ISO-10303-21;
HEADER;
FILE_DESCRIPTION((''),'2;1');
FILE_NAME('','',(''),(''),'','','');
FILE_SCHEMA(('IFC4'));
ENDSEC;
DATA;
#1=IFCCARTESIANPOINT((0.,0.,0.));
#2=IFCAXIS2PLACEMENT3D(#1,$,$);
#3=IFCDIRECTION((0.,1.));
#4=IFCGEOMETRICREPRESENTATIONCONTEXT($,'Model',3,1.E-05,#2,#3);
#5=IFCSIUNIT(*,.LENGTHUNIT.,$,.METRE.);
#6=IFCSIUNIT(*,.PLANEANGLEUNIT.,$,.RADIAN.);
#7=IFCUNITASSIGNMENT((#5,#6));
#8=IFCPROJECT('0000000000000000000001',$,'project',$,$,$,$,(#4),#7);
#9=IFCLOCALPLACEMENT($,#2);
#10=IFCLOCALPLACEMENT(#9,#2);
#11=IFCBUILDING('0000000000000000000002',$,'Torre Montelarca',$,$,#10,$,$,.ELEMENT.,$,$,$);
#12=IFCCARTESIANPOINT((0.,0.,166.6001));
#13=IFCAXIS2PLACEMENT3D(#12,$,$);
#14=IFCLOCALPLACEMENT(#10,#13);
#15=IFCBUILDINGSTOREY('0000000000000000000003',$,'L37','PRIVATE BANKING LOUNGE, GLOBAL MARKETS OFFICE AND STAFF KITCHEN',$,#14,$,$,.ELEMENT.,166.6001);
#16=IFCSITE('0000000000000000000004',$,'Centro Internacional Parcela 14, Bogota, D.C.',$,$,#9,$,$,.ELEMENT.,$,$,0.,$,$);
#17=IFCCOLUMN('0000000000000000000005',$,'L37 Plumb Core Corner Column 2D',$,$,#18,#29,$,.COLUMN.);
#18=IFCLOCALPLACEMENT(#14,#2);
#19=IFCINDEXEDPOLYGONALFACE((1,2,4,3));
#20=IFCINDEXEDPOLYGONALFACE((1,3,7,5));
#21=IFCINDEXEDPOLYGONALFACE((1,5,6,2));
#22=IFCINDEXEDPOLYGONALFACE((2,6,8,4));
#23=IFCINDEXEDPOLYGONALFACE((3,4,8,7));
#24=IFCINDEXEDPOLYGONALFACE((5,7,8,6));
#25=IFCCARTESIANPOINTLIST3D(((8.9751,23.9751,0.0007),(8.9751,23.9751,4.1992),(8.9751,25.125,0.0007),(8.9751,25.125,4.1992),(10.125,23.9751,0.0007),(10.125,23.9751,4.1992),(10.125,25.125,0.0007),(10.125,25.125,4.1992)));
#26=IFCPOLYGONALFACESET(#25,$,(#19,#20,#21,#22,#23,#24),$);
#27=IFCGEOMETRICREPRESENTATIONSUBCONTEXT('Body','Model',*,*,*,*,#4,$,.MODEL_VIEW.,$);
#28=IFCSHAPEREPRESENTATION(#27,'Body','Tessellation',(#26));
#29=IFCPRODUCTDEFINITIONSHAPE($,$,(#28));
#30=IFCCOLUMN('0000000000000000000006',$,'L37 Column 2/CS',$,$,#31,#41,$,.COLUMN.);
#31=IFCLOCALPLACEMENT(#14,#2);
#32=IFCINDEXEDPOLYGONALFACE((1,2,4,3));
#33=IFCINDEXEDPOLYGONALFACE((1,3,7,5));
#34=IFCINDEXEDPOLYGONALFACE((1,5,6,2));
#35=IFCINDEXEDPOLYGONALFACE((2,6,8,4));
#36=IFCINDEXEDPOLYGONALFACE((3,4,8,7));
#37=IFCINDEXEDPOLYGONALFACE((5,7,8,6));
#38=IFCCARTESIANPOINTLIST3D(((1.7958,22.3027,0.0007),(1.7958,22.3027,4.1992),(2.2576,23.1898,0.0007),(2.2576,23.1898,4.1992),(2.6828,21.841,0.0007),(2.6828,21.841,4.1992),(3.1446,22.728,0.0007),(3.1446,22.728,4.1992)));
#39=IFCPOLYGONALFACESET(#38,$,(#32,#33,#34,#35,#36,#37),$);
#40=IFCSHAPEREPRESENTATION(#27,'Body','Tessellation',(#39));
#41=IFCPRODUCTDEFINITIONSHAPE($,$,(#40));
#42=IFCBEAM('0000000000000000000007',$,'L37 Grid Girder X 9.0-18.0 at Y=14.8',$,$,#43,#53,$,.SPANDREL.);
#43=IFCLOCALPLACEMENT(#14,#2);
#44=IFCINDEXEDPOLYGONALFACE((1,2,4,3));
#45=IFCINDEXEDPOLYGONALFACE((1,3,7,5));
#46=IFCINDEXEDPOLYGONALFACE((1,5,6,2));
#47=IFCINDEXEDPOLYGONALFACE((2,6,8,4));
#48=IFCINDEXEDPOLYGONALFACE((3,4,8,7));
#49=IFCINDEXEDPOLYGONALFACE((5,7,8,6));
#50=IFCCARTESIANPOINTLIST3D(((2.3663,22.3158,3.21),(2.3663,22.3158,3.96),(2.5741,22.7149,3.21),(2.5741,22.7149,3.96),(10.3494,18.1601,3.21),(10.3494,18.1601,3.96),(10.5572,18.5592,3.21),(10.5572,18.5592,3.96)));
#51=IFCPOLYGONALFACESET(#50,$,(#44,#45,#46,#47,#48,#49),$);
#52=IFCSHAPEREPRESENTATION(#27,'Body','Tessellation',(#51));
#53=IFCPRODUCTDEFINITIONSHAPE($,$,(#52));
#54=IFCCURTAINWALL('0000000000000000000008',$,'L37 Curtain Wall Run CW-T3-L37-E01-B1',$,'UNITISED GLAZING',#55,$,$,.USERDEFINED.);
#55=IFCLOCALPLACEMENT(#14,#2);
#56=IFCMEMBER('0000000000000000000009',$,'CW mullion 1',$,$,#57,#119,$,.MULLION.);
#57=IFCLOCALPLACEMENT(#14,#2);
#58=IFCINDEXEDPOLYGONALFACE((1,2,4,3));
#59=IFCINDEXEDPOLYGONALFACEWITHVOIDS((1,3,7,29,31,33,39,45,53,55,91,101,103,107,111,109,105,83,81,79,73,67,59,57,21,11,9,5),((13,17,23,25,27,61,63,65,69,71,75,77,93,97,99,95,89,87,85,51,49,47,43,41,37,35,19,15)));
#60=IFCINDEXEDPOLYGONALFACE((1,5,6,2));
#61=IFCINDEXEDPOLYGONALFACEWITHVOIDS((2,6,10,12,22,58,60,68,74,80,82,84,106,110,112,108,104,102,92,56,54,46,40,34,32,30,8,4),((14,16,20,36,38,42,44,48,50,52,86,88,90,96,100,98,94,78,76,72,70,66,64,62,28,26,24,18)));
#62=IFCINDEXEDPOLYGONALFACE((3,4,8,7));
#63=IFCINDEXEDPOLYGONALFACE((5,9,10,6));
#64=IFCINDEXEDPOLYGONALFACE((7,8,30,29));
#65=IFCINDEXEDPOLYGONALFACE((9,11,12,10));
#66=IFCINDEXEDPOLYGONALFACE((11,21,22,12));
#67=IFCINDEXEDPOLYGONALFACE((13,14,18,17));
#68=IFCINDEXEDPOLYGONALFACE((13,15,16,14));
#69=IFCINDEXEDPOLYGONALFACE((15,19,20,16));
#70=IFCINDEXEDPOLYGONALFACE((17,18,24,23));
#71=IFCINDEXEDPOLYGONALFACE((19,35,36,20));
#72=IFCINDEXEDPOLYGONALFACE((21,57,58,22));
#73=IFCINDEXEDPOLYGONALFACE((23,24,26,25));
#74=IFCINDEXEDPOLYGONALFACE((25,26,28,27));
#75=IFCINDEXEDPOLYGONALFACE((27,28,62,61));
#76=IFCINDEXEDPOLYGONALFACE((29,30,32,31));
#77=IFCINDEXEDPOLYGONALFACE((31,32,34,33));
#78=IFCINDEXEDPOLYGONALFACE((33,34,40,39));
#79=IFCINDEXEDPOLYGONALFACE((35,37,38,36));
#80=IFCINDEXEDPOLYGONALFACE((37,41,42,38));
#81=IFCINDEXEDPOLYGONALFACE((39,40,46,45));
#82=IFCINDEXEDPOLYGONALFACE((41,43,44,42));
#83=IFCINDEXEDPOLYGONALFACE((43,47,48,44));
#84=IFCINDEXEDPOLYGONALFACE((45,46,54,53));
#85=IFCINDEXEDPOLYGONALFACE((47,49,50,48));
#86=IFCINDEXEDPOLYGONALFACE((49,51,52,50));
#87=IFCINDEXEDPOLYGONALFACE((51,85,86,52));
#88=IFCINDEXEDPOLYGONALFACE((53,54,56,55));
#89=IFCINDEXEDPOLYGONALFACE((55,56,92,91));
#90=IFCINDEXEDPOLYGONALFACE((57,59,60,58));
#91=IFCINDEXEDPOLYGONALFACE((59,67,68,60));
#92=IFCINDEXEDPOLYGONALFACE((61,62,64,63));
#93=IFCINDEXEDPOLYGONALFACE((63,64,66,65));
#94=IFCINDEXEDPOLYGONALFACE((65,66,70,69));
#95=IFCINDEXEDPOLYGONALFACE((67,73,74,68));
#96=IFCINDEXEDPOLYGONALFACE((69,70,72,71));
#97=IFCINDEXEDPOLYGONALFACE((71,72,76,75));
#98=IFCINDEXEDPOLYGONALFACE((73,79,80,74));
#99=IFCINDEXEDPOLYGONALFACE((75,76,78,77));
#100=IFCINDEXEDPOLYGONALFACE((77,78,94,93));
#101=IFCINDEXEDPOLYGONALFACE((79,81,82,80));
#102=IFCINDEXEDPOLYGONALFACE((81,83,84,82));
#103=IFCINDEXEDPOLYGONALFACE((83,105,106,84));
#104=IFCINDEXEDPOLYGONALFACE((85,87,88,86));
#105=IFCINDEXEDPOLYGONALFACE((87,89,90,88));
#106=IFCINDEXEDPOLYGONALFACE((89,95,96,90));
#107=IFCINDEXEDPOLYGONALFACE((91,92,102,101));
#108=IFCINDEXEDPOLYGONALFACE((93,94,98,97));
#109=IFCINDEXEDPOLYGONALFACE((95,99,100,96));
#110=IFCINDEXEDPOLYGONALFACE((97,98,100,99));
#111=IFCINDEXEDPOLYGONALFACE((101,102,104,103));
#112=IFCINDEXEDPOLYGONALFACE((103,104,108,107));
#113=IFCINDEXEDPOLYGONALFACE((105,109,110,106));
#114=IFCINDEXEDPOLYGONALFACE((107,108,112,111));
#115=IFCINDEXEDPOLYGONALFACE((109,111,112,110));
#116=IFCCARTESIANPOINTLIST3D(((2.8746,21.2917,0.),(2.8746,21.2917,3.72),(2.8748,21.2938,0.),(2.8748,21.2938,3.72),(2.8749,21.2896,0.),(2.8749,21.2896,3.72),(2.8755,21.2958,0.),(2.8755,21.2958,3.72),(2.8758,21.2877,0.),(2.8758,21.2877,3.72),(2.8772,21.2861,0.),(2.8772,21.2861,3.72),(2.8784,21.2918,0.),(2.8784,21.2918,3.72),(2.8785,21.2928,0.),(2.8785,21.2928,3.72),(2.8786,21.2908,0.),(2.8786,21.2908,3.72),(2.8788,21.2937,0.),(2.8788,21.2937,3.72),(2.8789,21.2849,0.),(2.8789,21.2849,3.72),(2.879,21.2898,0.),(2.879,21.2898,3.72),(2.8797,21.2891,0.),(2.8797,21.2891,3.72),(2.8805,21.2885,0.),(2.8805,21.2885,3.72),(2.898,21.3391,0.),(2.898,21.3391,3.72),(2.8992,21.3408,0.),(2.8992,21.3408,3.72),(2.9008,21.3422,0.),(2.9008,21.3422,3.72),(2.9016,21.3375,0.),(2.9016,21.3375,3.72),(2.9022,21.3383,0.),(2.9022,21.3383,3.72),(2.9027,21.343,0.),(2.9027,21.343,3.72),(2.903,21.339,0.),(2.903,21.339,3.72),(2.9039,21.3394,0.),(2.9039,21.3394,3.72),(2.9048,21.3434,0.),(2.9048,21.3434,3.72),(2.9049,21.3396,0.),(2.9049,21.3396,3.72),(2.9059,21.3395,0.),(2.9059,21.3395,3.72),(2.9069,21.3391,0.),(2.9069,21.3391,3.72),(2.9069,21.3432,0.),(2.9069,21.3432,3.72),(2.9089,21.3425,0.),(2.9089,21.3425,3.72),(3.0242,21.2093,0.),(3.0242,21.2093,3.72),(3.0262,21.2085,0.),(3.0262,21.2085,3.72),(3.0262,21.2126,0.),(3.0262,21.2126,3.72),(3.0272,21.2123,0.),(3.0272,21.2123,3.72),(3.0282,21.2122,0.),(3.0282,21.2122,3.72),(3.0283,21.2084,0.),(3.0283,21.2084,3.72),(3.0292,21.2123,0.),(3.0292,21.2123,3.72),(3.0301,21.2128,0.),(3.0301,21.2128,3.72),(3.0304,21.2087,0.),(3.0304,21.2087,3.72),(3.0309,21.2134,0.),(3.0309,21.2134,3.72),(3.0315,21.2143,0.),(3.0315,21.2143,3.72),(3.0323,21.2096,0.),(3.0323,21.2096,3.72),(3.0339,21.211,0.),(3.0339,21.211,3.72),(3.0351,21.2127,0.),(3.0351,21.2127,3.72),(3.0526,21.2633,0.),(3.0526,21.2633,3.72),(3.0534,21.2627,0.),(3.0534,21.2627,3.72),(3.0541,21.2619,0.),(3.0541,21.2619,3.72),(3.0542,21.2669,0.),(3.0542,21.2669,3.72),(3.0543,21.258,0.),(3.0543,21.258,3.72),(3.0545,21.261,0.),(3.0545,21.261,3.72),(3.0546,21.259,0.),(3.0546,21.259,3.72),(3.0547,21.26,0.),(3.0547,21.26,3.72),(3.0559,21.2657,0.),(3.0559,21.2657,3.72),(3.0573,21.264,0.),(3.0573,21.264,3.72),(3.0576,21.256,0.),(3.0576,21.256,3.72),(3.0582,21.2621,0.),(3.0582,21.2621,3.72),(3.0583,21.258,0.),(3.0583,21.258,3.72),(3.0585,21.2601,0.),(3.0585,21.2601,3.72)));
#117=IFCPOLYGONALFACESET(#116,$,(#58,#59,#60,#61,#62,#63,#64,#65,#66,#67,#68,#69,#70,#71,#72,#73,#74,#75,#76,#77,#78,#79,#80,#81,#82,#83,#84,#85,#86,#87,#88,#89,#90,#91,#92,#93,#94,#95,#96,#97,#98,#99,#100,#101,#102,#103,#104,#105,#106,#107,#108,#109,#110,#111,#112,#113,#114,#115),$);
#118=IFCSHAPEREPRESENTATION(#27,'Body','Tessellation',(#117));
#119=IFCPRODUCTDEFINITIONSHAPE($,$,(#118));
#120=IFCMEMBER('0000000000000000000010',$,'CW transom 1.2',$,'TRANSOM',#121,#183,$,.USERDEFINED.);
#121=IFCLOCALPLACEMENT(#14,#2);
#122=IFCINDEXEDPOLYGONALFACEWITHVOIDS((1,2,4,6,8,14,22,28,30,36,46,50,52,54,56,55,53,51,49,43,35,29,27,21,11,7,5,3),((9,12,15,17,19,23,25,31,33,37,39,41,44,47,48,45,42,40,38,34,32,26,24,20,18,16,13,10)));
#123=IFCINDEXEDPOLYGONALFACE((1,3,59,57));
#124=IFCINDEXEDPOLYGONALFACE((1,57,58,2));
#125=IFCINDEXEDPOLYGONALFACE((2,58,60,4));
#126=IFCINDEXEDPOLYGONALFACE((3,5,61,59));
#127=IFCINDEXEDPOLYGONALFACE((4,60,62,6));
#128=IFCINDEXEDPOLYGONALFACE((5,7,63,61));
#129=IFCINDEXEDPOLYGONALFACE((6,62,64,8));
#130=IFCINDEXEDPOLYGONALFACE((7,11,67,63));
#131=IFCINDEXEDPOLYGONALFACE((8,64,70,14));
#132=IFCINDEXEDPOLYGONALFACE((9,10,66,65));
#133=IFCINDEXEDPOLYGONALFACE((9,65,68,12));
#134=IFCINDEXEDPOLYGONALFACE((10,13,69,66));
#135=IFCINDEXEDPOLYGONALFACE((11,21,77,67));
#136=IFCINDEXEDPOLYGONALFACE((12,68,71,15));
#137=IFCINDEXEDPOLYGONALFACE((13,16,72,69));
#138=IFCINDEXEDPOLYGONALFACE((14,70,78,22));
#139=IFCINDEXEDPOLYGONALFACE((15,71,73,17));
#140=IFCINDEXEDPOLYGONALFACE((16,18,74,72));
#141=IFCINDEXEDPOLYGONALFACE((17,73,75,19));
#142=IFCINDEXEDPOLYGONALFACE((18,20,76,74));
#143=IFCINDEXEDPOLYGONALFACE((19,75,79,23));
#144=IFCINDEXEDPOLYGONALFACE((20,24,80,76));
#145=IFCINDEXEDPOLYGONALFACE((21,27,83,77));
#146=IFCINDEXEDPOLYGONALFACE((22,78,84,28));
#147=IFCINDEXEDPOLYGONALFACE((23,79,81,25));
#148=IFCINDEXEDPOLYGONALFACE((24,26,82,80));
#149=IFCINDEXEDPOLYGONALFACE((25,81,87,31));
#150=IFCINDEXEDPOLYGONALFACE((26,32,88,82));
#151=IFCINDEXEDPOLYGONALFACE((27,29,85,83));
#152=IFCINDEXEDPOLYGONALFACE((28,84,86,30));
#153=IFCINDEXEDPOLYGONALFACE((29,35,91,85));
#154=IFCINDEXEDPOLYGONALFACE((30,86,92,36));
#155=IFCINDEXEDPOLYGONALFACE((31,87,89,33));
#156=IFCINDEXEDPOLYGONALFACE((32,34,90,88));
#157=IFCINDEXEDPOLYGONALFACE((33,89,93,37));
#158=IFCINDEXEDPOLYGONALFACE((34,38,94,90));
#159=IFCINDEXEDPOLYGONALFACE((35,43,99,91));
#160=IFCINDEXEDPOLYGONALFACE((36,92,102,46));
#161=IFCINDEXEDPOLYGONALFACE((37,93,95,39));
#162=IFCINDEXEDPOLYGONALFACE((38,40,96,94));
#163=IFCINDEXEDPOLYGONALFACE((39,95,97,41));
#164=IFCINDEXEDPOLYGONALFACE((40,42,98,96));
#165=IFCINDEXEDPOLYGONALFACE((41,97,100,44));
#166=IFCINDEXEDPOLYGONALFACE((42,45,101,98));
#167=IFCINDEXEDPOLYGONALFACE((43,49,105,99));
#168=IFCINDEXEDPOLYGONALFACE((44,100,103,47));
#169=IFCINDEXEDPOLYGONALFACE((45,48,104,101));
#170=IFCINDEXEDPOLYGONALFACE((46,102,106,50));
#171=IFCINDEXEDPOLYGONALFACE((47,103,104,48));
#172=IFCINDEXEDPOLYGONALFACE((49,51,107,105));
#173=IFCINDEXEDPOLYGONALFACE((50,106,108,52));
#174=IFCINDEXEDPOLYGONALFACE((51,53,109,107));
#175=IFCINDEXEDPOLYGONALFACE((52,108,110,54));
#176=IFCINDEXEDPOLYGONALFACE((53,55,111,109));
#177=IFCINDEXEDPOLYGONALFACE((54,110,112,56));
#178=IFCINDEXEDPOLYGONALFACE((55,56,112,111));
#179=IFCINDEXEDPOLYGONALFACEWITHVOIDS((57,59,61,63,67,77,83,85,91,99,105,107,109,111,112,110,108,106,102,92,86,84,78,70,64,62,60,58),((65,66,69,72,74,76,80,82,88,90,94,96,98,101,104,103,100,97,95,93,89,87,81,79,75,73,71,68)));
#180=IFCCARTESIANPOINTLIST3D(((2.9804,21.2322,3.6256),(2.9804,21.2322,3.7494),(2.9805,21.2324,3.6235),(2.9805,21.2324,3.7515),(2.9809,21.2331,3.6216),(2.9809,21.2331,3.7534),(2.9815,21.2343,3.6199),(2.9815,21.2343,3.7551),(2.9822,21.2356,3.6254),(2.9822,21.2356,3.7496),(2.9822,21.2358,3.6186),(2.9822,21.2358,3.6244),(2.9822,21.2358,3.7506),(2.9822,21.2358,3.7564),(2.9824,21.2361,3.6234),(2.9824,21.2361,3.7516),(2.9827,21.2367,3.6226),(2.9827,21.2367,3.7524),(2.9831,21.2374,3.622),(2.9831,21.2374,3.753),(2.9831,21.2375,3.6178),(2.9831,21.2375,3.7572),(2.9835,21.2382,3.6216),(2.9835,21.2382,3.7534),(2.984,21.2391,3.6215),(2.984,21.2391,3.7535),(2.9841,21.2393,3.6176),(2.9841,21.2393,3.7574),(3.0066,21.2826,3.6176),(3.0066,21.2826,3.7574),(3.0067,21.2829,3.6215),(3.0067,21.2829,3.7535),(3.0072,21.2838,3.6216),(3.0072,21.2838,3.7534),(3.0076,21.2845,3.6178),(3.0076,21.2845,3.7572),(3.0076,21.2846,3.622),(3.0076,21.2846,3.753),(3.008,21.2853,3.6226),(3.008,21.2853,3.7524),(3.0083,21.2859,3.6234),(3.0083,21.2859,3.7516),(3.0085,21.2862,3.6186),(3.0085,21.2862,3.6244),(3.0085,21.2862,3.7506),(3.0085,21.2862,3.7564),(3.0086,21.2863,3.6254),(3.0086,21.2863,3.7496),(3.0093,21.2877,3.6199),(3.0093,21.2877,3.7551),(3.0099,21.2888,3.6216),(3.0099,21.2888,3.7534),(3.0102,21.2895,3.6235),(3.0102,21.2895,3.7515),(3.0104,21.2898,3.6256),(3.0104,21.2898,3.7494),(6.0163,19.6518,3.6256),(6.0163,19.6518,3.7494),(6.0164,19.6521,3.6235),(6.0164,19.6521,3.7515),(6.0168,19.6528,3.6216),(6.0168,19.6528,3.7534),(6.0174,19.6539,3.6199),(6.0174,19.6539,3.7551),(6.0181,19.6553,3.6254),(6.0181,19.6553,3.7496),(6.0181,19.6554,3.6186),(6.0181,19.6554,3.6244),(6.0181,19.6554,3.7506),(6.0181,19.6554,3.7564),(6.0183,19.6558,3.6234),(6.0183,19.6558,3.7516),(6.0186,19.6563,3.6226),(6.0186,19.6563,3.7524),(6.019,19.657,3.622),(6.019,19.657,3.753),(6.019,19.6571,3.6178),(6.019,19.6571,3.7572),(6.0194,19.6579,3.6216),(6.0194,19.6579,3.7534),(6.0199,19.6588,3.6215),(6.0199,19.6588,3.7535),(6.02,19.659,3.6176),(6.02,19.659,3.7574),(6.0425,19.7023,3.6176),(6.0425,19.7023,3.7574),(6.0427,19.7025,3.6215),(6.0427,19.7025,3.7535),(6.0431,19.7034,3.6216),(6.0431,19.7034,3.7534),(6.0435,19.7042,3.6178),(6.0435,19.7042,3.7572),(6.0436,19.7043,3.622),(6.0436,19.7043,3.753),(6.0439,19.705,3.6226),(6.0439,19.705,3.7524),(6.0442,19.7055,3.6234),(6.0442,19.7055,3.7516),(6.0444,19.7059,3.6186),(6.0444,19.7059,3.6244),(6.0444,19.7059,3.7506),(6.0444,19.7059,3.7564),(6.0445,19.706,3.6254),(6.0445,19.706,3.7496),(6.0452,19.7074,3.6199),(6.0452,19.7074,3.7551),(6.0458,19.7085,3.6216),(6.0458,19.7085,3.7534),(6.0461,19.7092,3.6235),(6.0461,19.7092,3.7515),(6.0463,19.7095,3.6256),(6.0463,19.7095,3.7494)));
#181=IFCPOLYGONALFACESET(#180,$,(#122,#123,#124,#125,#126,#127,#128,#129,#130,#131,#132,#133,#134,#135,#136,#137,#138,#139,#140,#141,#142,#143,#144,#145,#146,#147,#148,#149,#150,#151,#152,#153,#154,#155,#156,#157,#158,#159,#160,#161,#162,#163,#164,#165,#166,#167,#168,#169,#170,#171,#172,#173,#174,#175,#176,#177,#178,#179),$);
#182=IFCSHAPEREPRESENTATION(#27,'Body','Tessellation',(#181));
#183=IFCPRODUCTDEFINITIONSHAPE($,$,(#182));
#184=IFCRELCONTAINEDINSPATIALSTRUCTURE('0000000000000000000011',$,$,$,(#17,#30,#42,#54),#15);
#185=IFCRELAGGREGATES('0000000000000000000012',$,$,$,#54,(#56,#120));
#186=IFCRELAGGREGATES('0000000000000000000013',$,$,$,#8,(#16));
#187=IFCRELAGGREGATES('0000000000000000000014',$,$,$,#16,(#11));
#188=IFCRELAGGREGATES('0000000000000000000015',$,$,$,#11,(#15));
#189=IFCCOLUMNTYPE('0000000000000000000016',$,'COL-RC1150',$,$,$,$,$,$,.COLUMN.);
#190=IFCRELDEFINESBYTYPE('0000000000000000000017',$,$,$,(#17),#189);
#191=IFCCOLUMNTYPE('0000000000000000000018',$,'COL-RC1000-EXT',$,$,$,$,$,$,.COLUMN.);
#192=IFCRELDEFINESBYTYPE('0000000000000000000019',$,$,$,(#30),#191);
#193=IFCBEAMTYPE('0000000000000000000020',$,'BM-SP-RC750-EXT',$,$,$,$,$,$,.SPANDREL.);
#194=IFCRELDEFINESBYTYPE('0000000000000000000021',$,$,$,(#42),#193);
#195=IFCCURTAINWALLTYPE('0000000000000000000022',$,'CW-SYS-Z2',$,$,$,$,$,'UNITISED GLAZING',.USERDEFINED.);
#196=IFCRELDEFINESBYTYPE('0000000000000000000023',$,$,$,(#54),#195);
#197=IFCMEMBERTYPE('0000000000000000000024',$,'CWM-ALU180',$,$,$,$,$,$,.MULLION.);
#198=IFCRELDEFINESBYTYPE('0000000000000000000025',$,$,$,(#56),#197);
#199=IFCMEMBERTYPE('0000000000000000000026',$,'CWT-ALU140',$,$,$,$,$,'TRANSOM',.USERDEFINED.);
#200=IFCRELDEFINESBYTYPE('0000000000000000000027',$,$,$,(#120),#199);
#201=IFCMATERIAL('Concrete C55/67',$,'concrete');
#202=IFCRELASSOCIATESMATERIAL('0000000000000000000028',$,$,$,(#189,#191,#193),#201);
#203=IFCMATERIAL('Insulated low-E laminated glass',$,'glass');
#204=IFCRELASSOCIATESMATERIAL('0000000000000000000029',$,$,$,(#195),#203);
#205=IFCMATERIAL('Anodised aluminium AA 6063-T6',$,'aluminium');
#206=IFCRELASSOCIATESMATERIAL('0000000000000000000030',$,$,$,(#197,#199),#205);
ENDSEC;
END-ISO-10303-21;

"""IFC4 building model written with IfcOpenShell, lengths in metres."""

from ifc_helpers import new_model, si_unit, direction, frame, origin, origin_2d, place, context, subcontext, project, spatial, rectangle, hollow_rectangle, extrude, source, transform, mapped, material, material_profile, profile_set, type_object, element, aggregate, save


model = new_model("IFC4")

# Units and contexts
model_context = context("Model", 3, precision=1e-05, world=origin(), true_north=direction((0.0, 1.0)))
body_context = subcontext(model_context, "Body", "Model", "MODEL_VIEW")
ifc_project = project(units=[si_unit("LENGTHUNIT", "METRE"), si_unit("PLANEANGLEUNIT", "RADIAN")], contexts=[model_context])

# Site, building, storey
site_placement = place(None, origin())
site = spatial("IfcSite", under=ifc_project, at=site_placement, Name="Centro Internacional Parcela 14, Bogota, D.C.", CompositionType="ELEMENT", RefElevation=0.0)
building_placement = place(site_placement, origin())
building = spatial("IfcBuilding", under=site, at=building_placement, Name="Torre Montelarca", CompositionType="ELEMENT")
storey_placement = place(building_placement, frame((0.0, 0.0, 166.6001)))
storey = spatial("IfcBuildingStorey", under=building, at=storey_placement, Name="L37", Description="PRIVATE BANKING LOUNGE, GLOBAL MARKETS OFFICE AND STAFF KITCHEN", CompositionType="ELEMENT", Elevation=166.6001)

# Columns
ifc_material_1 = material(Name="Concrete C55/67", Category="concrete")
ifc_material_profile_1 = material_profile(ifc_material_1, rectangle(XDim=1.1499, YDim=1.1499, at=origin_2d()), Name="RC1150X1150", Category="concrete")
ifc_profile_set_1 = profile_set([ifc_material_profile_1], Name="Concrete C55/67")
column_type_1 = type_object("IfcColumnType", Name="COL-RC1150", PredefinedType="COLUMN", material=ifc_profile_set_1)
shared_shape_1 = source(origin(), body_context, "Body", "SweptSolid", [
    extrude(rectangle(XDim=1.1499, YDim=1.1499, at=origin_2d()), origin(), (0.0, 0.0, 1.0), 4.1985),
])
column_1_placement = place(storey_placement, frame((9.55, 24.55, 0.0007), z_axis=(0.0, 0.0, 1.0), x_axis=(1.0, 0.0, 0.0)))
element("IfcColumn", 1, at=column_1_placement, inside=storey, type_object=column_type_1, Name="L37 Plumb Core Corner Column 2D", PredefinedType="COLUMN", context=body_context, shape_type="MappedRepresentation", body=[
    mapped(shared_shape_1, transform((0.0, 0.0, 0.0), scale=1.0)),
])
ifc_material_profile_2 = material_profile(ifc_material_1, rectangle(XDim=1.0, YDim=1.0, at=origin_2d()), Name="RC1000X1000", Category="concrete")
ifc_profile_set_2 = profile_set([ifc_material_profile_2], Name="Concrete C55/67")
column_type_2 = type_object("IfcColumnType", Name="COL-RC1000-EXT", PredefinedType="COLUMN", material=ifc_profile_set_2)
shared_shape_2 = source(origin(), body_context, "Body", "SweptSolid", [
    extrude(rectangle(XDim=1.0, YDim=1.0, at=origin_2d()), origin(), (0.0, 0.0, 1.0), 4.1985),
])
column_2_placement = place(storey_placement, frame((2.4702, 22.5154, 0.0007), z_axis=(0.0, 0.0, 1.0), x_axis=(-0.887011, 0.461749, 0.0)))
element("IfcColumn", 2, at=column_2_placement, inside=storey, type_object=column_type_2, Name="L37 Column 2/CS", PredefinedType="COLUMN", context=body_context, shape_type="MappedRepresentation", body=[
    mapped(shared_shape_2, transform((0.0, 0.0, 0.0), scale=1.0)),
])

# Beam
ifc_material_profile_3 = material_profile(ifc_material_1, rectangle(XDim=0.45, YDim=0.75, at=origin_2d()), Name="RCB450X750", Category="concrete")
ifc_profile_set_3 = profile_set([ifc_material_profile_3], Name="Concrete C55/67")
beam_type = type_object("IfcBeamType", Name="BM-SP-RC750-EXT", PredefinedType="SPANDREL", material=ifc_profile_set_3)
shared_shape_3 = source(origin(), body_context, "Body", "SweptSolid", [
    extrude(rectangle(XDim=0.45, YDim=0.75, at=origin_2d()), origin(), (0.0, 0.0, 1.0), 9.0),
])
beam_placement = place(storey_placement, frame((2.4702, 22.5154, 3.585), z_axis=(0.887011, -0.461748, 0.0), x_axis=(0.461748, 0.887011, 0.0)))
element("IfcBeam", 3, at=beam_placement, inside=storey, type_object=beam_type, Name="L37 Grid Girder X 9.0-18.0 at Y=14.8", PredefinedType="SPANDREL", context=body_context, shape_type="MappedRepresentation", body=[
    mapped(shared_shape_3, transform((0.0, 0.0, 0.0), scale=1.0)),
])

# Curtain wall, members
ifc_material_2 = material(Name="Insulated low-E laminated glass", Category="glass")
curtain_wall_type = type_object("IfcCurtainWallType", Name="CW-SYS-Z2", ElementType="UNITISED GLAZING", PredefinedType="USERDEFINED", material=ifc_material_2)
curtain_wall_placement = place(storey_placement, origin())
curtain_wall = element("IfcCurtainWall", 4, at=curtain_wall_placement, inside=storey, type_object=curtain_wall_type, Name="L37 Curtain Wall Run CW-T3-L37-E01-B1", ObjectType="UNITISED GLAZING", PredefinedType="USERDEFINED")
ifc_material_3 = material(Name="Anodised aluminium AA 6063-T6", Category="aluminium")
ifc_material_profile_4 = material_profile(ifc_material_3, hollow_rectangle(XDim=0.0649, YDim=0.1799, WallThickness=0.0039, InnerFilletRadius=0.0039, OuterFilletRadius=0.0081, at=origin_2d()), Name="ALU65X180X4", Category="aluminium")
ifc_profile_set_4 = profile_set([ifc_material_profile_4], Name="Anodised aluminium AA 6063-T6")
member_type_1 = type_object("IfcMemberType", Name="CWM-ALU180", PredefinedType="MULLION", material=ifc_profile_set_4)
shared_shape_4 = source(origin(), body_context, "Body", "SweptSolid", [
    extrude(hollow_rectangle(XDim=0.0649, YDim=0.1799, WallThickness=0.0039, InnerFilletRadius=0.0039, OuterFilletRadius=0.0081, at=origin_2d()), origin(), (0.0, 0.0, 1.0), 3.72),
])
member_1_placement = place(storey_placement, frame((2.9666, 21.2759, 0.0), z_axis=(0.0, 0.0, 1.0), x_axis=(0.461745, 0.887013, 0.0)))
member_1 = element("IfcMember", 5, at=member_1_placement, type_object=member_type_1, Name="CW mullion 1", PredefinedType="MULLION", context=body_context, shape_type="MappedRepresentation", body=[
    mapped(shared_shape_4, transform((0.0, 0.0, 0.0), scale=1.0)),
])
ifc_material_profile_5 = material_profile(ifc_material_3, hollow_rectangle(XDim=0.0649, YDim=0.1399, WallThickness=0.0039, InnerFilletRadius=0.0039, OuterFilletRadius=0.0081, at=origin_2d()), Name="ALU65X140X4", Category="aluminium")
ifc_profile_set_5 = profile_set([ifc_material_profile_5], Name="Anodised aluminium AA 6063-T6")
member_type_2 = type_object("IfcMemberType", Name="CWT-ALU140", ElementType="TRANSOM", PredefinedType="USERDEFINED", material=ifc_profile_set_5)
shared_shape_5 = source(origin(), body_context, "Body", "SweptSolid", [
    extrude(hollow_rectangle(XDim=0.0649, YDim=0.1399, WallThickness=0.0039, InnerFilletRadius=0.0039, OuterFilletRadius=0.0081, at=origin_2d()), origin(), (0.0, 0.0, 1.0), 3.4226),
])
member_2_placement = place(storey_placement, frame((2.9954, 21.261, 3.6875), z_axis=(0.887018, -0.461735, 0.0), x_axis=(0.461735, 0.887018, 0.0)))
member_2 = element("IfcMember", 6, at=member_2_placement, type_object=member_type_2, Name="CW transom 1.2", ObjectType="TRANSOM", PredefinedType="USERDEFINED", context=body_context, shape_type="MappedRepresentation", body=[
    mapped(shared_shape_5, transform((0.0, 0.0, 0.0), scale=1.0)),
])
aggregate(curtain_wall, [member_1, member_2])

save(model, "model.ifc")
